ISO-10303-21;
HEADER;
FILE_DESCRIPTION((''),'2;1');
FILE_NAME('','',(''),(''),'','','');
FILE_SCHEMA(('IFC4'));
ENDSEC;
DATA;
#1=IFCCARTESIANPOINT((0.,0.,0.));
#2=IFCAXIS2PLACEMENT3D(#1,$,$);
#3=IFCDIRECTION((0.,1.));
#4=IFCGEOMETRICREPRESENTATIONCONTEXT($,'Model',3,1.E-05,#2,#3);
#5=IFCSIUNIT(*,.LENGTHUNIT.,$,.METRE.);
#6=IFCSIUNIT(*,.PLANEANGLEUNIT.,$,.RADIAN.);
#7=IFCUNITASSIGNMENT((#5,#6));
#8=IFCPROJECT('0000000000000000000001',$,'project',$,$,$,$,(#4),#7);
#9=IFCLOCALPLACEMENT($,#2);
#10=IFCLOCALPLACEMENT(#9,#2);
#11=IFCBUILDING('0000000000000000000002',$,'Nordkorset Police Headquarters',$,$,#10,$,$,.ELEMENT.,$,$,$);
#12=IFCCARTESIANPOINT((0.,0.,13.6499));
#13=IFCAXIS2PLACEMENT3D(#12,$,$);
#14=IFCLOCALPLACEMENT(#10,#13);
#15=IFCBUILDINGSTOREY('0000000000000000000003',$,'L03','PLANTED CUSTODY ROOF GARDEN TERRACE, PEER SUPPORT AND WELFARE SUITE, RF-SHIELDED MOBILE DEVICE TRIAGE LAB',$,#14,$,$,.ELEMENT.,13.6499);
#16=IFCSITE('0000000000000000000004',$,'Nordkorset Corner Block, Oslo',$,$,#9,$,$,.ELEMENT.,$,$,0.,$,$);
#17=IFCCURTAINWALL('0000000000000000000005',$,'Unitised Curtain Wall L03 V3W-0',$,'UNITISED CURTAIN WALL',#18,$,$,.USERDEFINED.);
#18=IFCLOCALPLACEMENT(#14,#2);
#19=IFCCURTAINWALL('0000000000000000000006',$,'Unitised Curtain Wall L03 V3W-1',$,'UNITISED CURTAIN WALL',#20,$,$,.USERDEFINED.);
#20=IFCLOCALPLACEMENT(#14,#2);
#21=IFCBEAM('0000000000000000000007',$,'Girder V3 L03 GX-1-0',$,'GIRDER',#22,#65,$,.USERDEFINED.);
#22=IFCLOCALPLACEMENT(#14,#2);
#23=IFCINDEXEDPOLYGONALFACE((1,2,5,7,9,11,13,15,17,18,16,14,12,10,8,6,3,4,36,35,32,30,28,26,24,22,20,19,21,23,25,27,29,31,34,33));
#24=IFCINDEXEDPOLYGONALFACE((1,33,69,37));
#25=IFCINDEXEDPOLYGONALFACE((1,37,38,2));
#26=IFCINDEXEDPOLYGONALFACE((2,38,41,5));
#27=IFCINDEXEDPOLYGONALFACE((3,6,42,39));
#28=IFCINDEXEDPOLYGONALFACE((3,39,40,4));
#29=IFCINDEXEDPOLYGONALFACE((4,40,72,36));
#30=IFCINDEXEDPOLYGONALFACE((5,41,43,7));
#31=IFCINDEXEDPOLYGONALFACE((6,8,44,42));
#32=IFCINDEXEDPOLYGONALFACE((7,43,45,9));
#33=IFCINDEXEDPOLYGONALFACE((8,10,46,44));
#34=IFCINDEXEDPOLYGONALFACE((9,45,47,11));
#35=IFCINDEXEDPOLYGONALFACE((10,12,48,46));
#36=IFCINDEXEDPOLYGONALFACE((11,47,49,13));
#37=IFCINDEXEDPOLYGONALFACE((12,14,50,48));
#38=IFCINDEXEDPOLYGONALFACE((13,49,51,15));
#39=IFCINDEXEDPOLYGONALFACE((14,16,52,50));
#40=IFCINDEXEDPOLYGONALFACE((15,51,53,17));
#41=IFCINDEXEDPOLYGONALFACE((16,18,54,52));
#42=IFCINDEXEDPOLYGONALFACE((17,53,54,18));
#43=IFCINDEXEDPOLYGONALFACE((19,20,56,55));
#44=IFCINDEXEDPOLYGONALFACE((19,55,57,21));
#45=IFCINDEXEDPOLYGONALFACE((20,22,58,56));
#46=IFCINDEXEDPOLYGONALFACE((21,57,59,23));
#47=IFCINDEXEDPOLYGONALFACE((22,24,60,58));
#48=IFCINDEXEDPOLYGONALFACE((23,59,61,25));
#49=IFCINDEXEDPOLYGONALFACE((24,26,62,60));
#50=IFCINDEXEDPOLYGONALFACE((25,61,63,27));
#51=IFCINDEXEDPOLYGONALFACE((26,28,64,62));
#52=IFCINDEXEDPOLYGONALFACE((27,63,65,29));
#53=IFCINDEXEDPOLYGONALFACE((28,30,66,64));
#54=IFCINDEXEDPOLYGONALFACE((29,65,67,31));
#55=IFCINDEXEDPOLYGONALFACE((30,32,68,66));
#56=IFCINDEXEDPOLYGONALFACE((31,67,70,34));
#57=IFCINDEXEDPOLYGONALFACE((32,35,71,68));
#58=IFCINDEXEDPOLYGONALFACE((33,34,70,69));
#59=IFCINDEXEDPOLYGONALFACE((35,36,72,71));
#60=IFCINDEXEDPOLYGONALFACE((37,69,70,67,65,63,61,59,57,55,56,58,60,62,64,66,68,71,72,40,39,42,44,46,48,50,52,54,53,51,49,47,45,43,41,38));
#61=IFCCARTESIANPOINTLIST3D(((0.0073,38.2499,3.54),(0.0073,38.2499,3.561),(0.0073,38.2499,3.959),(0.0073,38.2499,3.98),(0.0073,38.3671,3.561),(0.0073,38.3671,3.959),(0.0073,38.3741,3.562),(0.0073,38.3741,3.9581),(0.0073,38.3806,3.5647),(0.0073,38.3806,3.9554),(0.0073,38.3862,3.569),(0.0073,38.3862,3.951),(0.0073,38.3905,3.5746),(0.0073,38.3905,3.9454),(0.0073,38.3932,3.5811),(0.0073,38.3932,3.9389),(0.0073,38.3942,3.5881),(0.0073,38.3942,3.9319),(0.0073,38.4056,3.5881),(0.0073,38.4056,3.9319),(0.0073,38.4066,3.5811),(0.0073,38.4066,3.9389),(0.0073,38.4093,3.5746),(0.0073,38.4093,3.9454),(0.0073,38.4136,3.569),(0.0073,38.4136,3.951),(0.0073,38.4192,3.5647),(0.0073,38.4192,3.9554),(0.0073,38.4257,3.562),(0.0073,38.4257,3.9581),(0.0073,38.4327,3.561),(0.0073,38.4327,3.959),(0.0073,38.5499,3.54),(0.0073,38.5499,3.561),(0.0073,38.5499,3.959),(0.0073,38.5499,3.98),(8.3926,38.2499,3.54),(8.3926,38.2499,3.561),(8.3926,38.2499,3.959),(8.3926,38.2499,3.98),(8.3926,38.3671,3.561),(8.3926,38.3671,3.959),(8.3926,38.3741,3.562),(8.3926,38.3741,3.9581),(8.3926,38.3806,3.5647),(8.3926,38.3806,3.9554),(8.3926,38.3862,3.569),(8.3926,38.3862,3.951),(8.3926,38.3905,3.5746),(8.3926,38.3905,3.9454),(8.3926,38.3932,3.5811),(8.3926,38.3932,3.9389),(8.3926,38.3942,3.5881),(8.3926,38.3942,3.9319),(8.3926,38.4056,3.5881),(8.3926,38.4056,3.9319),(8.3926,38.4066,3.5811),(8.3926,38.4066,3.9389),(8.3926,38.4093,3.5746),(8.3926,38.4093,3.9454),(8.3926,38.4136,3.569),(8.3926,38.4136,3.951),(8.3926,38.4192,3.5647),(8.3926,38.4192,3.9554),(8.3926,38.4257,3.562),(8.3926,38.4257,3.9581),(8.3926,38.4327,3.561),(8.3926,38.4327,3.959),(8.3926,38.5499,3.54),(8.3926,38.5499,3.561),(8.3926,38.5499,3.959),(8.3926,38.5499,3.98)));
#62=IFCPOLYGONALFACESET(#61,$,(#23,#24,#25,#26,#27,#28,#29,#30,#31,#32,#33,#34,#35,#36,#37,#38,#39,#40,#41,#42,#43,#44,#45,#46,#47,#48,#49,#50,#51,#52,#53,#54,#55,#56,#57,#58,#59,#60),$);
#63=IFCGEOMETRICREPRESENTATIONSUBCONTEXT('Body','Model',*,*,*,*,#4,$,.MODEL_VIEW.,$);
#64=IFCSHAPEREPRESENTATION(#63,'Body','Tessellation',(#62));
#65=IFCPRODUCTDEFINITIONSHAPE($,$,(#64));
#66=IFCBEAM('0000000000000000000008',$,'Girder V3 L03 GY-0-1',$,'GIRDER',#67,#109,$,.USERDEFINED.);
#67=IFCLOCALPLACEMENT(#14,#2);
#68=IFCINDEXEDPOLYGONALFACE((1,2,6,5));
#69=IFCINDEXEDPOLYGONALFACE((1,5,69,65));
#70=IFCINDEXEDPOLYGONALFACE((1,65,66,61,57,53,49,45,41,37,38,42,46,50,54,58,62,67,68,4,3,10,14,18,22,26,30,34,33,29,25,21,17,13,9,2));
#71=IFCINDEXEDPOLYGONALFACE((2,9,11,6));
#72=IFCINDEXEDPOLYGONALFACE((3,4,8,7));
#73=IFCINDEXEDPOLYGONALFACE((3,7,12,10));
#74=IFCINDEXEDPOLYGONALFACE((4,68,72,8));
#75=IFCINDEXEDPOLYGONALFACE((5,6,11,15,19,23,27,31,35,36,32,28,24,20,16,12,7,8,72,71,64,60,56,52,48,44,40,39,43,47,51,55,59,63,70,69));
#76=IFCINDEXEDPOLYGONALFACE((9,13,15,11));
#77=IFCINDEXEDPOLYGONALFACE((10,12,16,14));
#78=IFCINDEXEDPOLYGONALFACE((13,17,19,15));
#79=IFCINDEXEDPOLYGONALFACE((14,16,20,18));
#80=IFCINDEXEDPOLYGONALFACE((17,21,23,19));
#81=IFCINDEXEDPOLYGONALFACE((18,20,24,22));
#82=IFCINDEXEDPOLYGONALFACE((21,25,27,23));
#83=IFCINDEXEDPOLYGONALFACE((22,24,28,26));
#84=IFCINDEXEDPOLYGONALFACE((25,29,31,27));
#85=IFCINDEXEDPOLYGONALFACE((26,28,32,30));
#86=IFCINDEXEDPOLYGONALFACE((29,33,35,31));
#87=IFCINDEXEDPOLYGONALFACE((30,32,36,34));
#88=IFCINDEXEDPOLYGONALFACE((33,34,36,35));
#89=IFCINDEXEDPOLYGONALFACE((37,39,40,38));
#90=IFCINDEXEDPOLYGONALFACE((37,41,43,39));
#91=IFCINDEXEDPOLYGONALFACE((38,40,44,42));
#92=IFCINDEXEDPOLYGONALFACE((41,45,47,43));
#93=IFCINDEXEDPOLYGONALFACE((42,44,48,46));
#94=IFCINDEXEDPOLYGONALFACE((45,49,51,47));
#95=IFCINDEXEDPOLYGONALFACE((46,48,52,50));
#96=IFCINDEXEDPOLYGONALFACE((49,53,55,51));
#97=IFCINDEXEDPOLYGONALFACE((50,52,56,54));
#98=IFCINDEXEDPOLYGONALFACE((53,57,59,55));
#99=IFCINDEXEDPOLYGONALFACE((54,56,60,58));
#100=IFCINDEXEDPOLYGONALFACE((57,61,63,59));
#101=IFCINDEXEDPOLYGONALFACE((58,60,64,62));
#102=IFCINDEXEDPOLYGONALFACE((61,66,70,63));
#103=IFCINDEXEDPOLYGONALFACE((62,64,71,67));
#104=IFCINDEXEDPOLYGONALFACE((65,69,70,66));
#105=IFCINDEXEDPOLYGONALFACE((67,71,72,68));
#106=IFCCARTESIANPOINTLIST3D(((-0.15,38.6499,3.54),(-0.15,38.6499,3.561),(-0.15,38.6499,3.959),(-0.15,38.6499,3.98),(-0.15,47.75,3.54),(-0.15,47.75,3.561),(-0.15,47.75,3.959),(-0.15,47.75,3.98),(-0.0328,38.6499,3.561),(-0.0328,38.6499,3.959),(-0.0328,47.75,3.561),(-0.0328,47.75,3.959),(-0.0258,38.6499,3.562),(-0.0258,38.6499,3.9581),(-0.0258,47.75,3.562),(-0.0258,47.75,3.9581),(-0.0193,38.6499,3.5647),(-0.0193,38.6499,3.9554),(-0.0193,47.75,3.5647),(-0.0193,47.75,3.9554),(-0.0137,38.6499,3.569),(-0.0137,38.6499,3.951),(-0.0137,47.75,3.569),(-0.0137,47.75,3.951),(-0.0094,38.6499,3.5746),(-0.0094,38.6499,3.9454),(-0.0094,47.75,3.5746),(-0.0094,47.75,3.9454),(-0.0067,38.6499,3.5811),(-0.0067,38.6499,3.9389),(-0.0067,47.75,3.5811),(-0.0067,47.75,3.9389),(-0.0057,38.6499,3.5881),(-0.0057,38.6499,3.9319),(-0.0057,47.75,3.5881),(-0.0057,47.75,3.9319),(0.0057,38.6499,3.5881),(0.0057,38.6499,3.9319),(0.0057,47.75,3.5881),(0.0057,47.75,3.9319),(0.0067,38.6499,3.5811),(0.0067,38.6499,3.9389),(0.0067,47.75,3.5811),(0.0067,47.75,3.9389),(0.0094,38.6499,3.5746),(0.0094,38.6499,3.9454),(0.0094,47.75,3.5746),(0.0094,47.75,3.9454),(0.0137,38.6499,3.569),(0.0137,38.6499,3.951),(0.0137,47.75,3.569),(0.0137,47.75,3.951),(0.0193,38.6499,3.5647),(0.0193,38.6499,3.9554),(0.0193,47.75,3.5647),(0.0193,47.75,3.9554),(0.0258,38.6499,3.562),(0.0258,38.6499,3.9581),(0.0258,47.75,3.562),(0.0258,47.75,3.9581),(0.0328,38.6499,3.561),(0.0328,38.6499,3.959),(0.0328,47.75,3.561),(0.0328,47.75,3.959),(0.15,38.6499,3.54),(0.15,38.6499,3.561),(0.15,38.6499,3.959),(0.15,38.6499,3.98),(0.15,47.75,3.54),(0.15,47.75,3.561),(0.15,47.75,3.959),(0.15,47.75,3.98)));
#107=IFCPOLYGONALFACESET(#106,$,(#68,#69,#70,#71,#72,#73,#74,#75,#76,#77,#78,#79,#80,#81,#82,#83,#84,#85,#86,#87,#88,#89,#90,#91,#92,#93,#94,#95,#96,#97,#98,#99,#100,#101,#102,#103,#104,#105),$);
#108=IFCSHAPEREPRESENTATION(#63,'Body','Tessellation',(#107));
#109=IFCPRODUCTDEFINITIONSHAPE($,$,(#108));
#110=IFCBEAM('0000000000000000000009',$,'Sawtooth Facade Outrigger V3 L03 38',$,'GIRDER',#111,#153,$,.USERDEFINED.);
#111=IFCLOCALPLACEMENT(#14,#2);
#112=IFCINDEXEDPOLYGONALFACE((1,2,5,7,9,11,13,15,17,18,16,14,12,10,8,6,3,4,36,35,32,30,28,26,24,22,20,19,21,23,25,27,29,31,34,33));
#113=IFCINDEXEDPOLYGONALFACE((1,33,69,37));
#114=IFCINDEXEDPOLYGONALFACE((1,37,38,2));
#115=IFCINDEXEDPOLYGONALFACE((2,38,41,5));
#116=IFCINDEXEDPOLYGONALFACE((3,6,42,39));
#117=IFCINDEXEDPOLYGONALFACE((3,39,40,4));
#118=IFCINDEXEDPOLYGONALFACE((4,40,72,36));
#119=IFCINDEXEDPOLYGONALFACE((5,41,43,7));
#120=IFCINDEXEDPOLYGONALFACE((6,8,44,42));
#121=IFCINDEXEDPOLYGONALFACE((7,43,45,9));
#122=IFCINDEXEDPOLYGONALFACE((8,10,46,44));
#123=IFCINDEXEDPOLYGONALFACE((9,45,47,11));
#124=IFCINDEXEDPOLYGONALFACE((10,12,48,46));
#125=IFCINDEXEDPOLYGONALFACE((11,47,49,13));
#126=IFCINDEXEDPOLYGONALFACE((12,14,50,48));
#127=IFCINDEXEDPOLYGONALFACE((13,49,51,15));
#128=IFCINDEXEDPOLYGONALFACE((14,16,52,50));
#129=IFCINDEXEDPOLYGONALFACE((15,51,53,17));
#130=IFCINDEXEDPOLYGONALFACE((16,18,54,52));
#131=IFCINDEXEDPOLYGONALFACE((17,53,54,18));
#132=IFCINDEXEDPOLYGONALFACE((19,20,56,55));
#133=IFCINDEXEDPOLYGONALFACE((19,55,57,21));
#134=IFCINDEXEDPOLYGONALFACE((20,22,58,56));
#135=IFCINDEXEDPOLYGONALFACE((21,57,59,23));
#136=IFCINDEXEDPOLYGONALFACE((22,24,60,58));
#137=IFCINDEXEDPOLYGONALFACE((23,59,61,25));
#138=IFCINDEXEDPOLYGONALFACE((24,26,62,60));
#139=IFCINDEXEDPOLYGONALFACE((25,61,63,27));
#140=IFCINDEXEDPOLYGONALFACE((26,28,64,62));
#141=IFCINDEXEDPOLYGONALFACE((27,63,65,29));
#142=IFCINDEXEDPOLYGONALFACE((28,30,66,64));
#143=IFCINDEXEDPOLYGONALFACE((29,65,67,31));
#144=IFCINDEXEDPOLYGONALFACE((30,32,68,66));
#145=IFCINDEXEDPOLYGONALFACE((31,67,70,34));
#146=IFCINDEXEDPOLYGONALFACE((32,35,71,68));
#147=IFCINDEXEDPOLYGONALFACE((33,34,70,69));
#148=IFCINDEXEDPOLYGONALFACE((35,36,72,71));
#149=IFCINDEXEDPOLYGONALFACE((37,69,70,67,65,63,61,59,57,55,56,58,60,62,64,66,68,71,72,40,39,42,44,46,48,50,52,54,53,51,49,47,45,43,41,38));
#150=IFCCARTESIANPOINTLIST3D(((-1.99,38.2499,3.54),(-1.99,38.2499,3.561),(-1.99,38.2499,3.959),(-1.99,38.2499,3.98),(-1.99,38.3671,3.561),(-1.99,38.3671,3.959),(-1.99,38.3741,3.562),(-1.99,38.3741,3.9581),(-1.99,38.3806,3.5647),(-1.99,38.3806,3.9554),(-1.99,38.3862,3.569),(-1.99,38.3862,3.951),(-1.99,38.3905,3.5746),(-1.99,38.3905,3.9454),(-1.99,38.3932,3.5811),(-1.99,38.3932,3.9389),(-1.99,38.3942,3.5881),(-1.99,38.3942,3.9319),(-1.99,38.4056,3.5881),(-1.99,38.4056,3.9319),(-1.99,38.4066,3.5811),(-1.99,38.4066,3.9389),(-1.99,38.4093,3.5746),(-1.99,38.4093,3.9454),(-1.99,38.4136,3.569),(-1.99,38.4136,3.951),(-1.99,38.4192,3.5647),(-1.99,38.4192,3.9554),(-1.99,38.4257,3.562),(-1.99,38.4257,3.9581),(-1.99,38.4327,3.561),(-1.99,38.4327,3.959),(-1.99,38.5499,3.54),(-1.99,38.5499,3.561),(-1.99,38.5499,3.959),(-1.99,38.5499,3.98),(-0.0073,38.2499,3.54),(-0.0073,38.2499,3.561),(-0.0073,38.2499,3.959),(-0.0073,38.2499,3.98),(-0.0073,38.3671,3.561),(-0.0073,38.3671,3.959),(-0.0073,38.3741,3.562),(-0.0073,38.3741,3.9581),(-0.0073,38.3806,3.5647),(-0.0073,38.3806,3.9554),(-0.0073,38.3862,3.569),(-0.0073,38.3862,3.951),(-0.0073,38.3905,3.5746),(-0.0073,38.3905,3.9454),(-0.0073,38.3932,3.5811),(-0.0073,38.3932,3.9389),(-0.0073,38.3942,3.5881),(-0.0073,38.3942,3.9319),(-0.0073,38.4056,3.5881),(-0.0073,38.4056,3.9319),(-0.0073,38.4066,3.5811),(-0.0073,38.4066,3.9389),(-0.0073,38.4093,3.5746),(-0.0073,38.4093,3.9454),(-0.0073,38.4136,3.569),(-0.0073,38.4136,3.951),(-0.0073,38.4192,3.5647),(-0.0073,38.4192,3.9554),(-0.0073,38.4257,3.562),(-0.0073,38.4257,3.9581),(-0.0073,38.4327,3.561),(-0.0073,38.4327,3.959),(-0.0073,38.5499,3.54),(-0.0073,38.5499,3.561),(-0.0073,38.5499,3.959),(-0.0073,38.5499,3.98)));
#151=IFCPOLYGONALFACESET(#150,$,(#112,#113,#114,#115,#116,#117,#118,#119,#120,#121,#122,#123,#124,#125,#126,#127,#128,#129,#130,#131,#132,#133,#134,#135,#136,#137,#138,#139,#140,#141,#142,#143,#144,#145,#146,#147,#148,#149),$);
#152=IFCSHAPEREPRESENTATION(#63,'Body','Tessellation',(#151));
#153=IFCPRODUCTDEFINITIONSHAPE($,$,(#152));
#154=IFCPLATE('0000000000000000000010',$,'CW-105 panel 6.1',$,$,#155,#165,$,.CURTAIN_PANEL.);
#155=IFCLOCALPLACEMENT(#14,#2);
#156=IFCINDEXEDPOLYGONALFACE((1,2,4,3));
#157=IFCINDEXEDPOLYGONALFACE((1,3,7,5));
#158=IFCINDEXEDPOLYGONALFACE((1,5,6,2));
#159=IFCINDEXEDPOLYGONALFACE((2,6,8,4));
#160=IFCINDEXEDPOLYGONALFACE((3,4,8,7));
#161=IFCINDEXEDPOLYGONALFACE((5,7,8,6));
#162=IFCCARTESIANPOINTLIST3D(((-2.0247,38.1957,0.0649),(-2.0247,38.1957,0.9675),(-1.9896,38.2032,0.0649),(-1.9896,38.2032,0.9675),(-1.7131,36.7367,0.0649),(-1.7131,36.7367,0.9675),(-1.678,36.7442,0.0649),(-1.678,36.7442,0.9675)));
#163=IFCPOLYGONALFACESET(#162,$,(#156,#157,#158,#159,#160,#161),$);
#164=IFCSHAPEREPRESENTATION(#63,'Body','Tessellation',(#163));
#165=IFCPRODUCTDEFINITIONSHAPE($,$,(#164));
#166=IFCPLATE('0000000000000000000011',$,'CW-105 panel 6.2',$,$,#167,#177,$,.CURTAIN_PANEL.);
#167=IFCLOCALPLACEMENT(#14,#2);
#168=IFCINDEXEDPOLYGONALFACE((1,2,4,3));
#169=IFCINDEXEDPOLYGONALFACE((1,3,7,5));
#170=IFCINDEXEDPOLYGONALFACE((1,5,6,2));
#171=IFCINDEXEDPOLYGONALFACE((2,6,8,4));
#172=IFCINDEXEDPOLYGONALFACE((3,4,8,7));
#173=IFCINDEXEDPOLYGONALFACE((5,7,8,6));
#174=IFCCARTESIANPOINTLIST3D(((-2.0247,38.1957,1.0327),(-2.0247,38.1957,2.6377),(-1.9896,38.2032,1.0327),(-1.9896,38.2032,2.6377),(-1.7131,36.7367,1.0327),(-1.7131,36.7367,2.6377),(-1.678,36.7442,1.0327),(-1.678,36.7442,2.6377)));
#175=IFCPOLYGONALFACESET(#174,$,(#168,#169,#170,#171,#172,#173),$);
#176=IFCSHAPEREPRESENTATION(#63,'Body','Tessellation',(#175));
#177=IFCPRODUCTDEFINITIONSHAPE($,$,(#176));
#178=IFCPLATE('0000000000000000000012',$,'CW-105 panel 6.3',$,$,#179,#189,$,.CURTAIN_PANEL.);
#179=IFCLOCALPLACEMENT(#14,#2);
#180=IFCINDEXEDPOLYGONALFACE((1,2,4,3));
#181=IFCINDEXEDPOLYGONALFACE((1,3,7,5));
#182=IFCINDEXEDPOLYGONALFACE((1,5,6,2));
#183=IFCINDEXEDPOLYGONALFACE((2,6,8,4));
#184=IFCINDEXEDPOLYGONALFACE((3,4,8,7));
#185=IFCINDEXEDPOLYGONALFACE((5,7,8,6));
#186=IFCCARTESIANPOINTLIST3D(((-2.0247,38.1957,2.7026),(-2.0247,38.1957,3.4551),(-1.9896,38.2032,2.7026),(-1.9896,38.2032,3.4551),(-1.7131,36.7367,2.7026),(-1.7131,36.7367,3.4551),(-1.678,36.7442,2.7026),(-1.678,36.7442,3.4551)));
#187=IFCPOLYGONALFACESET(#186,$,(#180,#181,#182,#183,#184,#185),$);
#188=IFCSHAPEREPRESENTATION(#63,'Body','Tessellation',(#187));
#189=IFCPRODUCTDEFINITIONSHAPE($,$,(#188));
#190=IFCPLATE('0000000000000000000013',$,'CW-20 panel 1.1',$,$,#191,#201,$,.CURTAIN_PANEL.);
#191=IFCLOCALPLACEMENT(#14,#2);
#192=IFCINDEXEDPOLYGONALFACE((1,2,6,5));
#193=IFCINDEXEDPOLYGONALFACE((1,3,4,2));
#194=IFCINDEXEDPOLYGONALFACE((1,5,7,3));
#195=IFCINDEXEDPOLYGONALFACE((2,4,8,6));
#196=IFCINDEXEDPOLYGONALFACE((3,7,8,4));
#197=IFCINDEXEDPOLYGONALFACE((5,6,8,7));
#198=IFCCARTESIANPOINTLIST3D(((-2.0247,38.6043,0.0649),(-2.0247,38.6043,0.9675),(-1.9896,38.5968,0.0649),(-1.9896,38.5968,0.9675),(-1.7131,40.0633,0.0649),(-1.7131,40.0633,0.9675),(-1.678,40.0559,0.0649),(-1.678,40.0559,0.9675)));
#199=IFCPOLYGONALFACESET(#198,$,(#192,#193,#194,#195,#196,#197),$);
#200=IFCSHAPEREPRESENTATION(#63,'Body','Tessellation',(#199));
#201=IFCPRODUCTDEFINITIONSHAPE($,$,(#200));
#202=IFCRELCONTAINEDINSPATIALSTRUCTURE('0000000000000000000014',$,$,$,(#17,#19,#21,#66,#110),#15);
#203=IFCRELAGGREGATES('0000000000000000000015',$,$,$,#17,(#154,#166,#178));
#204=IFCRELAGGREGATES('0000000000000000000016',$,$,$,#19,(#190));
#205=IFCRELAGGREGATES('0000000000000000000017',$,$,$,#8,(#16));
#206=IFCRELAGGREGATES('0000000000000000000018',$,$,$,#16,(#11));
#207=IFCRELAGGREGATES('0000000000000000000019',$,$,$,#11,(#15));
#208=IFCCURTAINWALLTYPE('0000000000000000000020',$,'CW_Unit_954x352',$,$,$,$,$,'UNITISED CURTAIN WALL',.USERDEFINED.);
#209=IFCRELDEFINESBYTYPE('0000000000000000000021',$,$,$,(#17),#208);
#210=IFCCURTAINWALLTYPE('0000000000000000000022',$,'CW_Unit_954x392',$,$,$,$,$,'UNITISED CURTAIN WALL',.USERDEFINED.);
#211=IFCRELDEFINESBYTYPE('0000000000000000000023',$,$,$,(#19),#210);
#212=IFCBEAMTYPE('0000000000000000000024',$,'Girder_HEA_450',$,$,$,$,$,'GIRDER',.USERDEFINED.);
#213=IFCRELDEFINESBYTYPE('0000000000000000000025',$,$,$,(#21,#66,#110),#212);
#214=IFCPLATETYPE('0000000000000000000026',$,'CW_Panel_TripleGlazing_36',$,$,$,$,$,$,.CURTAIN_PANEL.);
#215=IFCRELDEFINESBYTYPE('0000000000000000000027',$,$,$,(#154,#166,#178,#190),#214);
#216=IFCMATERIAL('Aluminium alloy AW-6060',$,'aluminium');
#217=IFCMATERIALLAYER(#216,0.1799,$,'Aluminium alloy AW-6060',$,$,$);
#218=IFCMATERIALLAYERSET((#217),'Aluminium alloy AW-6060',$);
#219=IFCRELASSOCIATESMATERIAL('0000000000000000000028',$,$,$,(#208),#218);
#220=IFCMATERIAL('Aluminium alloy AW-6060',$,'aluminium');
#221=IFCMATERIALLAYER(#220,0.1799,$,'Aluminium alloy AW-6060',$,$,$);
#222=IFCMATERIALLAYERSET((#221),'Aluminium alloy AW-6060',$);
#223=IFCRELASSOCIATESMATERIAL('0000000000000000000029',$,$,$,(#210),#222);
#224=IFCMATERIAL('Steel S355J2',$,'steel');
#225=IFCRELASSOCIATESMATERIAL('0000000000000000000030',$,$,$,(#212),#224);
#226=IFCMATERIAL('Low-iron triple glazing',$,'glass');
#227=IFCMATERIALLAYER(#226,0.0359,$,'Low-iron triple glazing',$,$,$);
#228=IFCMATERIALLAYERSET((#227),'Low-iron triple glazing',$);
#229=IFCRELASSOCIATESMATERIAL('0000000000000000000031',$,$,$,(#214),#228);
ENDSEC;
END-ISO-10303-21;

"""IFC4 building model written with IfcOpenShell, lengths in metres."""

from ifc_helpers import new_model, si_unit, direction, frame, origin, origin_2d, place, context, subcontext, project, spatial, rectangle, i_section, extrude, material, layer, layer_set, material_profile, profile_set, type_object, element, aggregate, save


model = new_model("IFC4")

# Units and contexts
model_context = context("Model", 3, precision=1e-05, world=origin(), true_north=direction((0.0, 1.0)))
body_context = subcontext(model_context, "Body", "Model", "MODEL_VIEW")
ifc_project = project(units=[si_unit("LENGTHUNIT", "METRE"), si_unit("PLANEANGLEUNIT", "RADIAN")], contexts=[model_context])

# Site, building, storey
site_placement = place(None, origin())
site = spatial("IfcSite", under=ifc_project, at=site_placement, Name="Nordkorset Corner Block, Oslo", CompositionType="ELEMENT", RefElevation=0.0)
building_placement = place(site_placement, origin())
building = spatial("IfcBuilding", under=site, at=building_placement, Name="Nordkorset Police Headquarters", CompositionType="ELEMENT")
storey_placement = place(building_placement, frame((0.0, 0.0, 13.6499)))
storey = spatial("IfcBuildingStorey", under=building, at=storey_placement, Name="L03", Description="PLANTED CUSTODY ROOF GARDEN TERRACE, PEER SUPPORT AND WELFARE SUITE, RF-SHIELDED MOBILE DEVICE TRIAGE LAB", CompositionType="ELEMENT", Elevation=13.6499)

# Curtain walls
ifc_material_1 = material(Name="Aluminium alloy AW-6060", Category="aluminium")
ifc_layer_1 = layer(ifc_material_1, 0.1799, Name="Aluminium alloy AW-6060")
ifc_layer_set_1 = layer_set([ifc_layer_1], Name="Aluminium alloy AW-6060")
curtain_wall_type_1 = type_object("IfcCurtainWallType", Name="CW_Unit_954x352", ElementType="UNITISED CURTAIN WALL", PredefinedType="USERDEFINED", material=ifc_layer_set_1)
curtain_wall_1_placement = place(storey_placement, origin())
curtain_wall_1 = element("IfcCurtainWall", 1, at=curtain_wall_1_placement, inside=storey, type_object=curtain_wall_type_1, Name="Unitised Curtain Wall L03 V3W-0", ObjectType="UNITISED CURTAIN WALL", PredefinedType="USERDEFINED")
ifc_material_2 = material(Name="Aluminium alloy AW-6060", Category="aluminium")
ifc_layer_2 = layer(ifc_material_2, 0.1799, Name="Aluminium alloy AW-6060")
ifc_layer_set_2 = layer_set([ifc_layer_2], Name="Aluminium alloy AW-6060")
curtain_wall_type_2 = type_object("IfcCurtainWallType", Name="CW_Unit_954x392", ElementType="UNITISED CURTAIN WALL", PredefinedType="USERDEFINED", material=ifc_layer_set_2)
curtain_wall_2_placement = place(storey_placement, origin())
curtain_wall_2 = element("IfcCurtainWall", 2, at=curtain_wall_2_placement, inside=storey, type_object=curtain_wall_type_2, Name="Unitised Curtain Wall L03 V3W-1", ObjectType="UNITISED CURTAIN WALL", PredefinedType="USERDEFINED")

# Beams
ifc_material_3 = material(Name="Steel S355J2", Category="steel")
ifc_material_profile_1 = material_profile(ifc_material_3, i_section(OverallWidth=0.3, OverallDepth=0.4399, WebThickness=0.0115, FlangeThickness=0.021, FilletRadius=0.0271, at=origin_2d()), Name="HEA 450")
ifc_profile_set_1 = profile_set([ifc_material_profile_1], Name="Steel S355J2")
beam_type = type_object("IfcBeamType", Name="Girder_HEA_450", ElementType="GIRDER", PredefinedType="USERDEFINED", material=ifc_profile_set_1)
beam_1_placement = place(storey_placement, frame((0.0073, 38.3999, 3.76), z_axis=(1.0, 0.0, 0.0), x_axis=(0.0, 1.0, 0.0)))
element("IfcBeam", 3, at=beam_1_placement, inside=storey, type_object=beam_type, Name="Girder V3 L03 GX-1-0", ObjectType="GIRDER", PredefinedType="USERDEFINED", context=body_context, shape_type="SweptSolid", body=[
    extrude(i_section(OverallWidth=0.3, OverallDepth=0.4399, WebThickness=0.0115, FlangeThickness=0.021, FilletRadius=0.0271, at=origin_2d()), origin(), (0.0, 0.0, 1.0), 8.3853),
])
beam_2_placement = place(storey_placement, frame((0.0, 38.6499, 3.76), z_axis=(0.0, 1.0, 0.0), x_axis=(-1.0, 0.0, 0.0)))
element("IfcBeam", 4, at=beam_2_placement, inside=storey, type_object=beam_type, Name="Girder V3 L03 GY-0-1", ObjectType="GIRDER", PredefinedType="USERDEFINED", context=body_context, shape_type="SweptSolid", body=[
    extrude(i_section(OverallWidth=0.3, OverallDepth=0.4399, WebThickness=0.0115, FlangeThickness=0.021, FilletRadius=0.0271, at=origin_2d()), origin(), (0.0, 0.0, 1.0), 9.1001),
])
beam_3_placement = place(storey_placement, frame((-0.0073, 38.3999, 3.76), z_axis=(-1.0, 0.0, 0.0), x_axis=(0.0, -1.0, 0.0)))
element("IfcBeam", 5, at=beam_3_placement, inside=storey, type_object=beam_type, Name="Sawtooth Facade Outrigger V3 L03 38", ObjectType="GIRDER", PredefinedType="USERDEFINED", context=body_context, shape_type="SweptSolid", body=[
    extrude(i_section(OverallWidth=0.3, OverallDepth=0.4399, WebThickness=0.0115, FlangeThickness=0.021, FilletRadius=0.0271, at=origin_2d()), origin(), (0.0, 0.0, 1.0), 1.9827),
])

# Plates
ifc_material_4 = material(Name="Low-iron triple glazing", Category="glass")
ifc_layer_3 = layer(ifc_material_4, 0.0359, Name="Low-iron triple glazing")
ifc_layer_set_3 = layer_set([ifc_layer_3], Name="Low-iron triple glazing")
plate_type = type_object("IfcPlateType", Name="CW_Panel_TripleGlazing_36", PredefinedType="CURTAIN_PANEL", material=ifc_layer_set_3)
plate_1_placement = place(storey_placement, frame((-1.8513, 37.47, 0.0649), z_axis=(0.0, 0.0, 1.0), x_axis=(-0.208833, 0.977951, 0.0)))
plate_1 = element("IfcPlate", 6, at=plate_1_placement, type_object=plate_type, Name="CW-105 panel 6.1", PredefinedType="CURTAIN_PANEL", context=body_context, shape_type="SweptSolid", body=[
    extrude(rectangle(XDim=1.4919, YDim=0.0359, at=origin_2d()), origin(), (0.0, 0.0, 1.0), 0.9026),
])
plate_2_placement = place(storey_placement, frame((-1.8513, 37.47, 1.0327), z_axis=(0.0, 0.0, 1.0), x_axis=(-0.208833, 0.977951, 0.0)))
plate_2 = element("IfcPlate", 7, at=plate_2_placement, type_object=plate_type, Name="CW-105 panel 6.2", PredefinedType="CURTAIN_PANEL", context=body_context, shape_type="SweptSolid", body=[
    extrude(rectangle(XDim=1.4919, YDim=0.0359, at=origin_2d()), origin(), (0.0, 0.0, 1.0), 1.605),
])
plate_3_placement = place(storey_placement, frame((-1.8513, 37.47, 2.7026), z_axis=(0.0, 0.0, 1.0), x_axis=(-0.208833, 0.977951, 0.0)))
plate_3 = element("IfcPlate", 8, at=plate_3_placement, type_object=plate_type, Name="CW-105 panel 6.3", PredefinedType="CURTAIN_PANEL", context=body_context, shape_type="SweptSolid", body=[
    extrude(rectangle(XDim=1.4919, YDim=0.0359, at=origin_2d()), origin(), (0.0, 0.0, 1.0), 0.7524),
])
aggregate(curtain_wall_1, [plate_1, plate_2, plate_3])
plate_4_placement = place(storey_placement, frame((-1.8513, 39.3301, 0.0649), z_axis=(0.0, 0.0, 1.0), x_axis=(0.208833, 0.977951, 0.0)))
plate_4 = element("IfcPlate", 9, at=plate_4_placement, type_object=plate_type, Name="CW-20 panel 1.1", PredefinedType="CURTAIN_PANEL", context=body_context, shape_type="SweptSolid", body=[
    extrude(rectangle(XDim=1.4919, YDim=0.0359, at=origin_2d()), origin(), (0.0, 0.0, 1.0), 0.9026),
])
aggregate(curtain_wall_2, [plate_4])

save(model, "model.ifc")
